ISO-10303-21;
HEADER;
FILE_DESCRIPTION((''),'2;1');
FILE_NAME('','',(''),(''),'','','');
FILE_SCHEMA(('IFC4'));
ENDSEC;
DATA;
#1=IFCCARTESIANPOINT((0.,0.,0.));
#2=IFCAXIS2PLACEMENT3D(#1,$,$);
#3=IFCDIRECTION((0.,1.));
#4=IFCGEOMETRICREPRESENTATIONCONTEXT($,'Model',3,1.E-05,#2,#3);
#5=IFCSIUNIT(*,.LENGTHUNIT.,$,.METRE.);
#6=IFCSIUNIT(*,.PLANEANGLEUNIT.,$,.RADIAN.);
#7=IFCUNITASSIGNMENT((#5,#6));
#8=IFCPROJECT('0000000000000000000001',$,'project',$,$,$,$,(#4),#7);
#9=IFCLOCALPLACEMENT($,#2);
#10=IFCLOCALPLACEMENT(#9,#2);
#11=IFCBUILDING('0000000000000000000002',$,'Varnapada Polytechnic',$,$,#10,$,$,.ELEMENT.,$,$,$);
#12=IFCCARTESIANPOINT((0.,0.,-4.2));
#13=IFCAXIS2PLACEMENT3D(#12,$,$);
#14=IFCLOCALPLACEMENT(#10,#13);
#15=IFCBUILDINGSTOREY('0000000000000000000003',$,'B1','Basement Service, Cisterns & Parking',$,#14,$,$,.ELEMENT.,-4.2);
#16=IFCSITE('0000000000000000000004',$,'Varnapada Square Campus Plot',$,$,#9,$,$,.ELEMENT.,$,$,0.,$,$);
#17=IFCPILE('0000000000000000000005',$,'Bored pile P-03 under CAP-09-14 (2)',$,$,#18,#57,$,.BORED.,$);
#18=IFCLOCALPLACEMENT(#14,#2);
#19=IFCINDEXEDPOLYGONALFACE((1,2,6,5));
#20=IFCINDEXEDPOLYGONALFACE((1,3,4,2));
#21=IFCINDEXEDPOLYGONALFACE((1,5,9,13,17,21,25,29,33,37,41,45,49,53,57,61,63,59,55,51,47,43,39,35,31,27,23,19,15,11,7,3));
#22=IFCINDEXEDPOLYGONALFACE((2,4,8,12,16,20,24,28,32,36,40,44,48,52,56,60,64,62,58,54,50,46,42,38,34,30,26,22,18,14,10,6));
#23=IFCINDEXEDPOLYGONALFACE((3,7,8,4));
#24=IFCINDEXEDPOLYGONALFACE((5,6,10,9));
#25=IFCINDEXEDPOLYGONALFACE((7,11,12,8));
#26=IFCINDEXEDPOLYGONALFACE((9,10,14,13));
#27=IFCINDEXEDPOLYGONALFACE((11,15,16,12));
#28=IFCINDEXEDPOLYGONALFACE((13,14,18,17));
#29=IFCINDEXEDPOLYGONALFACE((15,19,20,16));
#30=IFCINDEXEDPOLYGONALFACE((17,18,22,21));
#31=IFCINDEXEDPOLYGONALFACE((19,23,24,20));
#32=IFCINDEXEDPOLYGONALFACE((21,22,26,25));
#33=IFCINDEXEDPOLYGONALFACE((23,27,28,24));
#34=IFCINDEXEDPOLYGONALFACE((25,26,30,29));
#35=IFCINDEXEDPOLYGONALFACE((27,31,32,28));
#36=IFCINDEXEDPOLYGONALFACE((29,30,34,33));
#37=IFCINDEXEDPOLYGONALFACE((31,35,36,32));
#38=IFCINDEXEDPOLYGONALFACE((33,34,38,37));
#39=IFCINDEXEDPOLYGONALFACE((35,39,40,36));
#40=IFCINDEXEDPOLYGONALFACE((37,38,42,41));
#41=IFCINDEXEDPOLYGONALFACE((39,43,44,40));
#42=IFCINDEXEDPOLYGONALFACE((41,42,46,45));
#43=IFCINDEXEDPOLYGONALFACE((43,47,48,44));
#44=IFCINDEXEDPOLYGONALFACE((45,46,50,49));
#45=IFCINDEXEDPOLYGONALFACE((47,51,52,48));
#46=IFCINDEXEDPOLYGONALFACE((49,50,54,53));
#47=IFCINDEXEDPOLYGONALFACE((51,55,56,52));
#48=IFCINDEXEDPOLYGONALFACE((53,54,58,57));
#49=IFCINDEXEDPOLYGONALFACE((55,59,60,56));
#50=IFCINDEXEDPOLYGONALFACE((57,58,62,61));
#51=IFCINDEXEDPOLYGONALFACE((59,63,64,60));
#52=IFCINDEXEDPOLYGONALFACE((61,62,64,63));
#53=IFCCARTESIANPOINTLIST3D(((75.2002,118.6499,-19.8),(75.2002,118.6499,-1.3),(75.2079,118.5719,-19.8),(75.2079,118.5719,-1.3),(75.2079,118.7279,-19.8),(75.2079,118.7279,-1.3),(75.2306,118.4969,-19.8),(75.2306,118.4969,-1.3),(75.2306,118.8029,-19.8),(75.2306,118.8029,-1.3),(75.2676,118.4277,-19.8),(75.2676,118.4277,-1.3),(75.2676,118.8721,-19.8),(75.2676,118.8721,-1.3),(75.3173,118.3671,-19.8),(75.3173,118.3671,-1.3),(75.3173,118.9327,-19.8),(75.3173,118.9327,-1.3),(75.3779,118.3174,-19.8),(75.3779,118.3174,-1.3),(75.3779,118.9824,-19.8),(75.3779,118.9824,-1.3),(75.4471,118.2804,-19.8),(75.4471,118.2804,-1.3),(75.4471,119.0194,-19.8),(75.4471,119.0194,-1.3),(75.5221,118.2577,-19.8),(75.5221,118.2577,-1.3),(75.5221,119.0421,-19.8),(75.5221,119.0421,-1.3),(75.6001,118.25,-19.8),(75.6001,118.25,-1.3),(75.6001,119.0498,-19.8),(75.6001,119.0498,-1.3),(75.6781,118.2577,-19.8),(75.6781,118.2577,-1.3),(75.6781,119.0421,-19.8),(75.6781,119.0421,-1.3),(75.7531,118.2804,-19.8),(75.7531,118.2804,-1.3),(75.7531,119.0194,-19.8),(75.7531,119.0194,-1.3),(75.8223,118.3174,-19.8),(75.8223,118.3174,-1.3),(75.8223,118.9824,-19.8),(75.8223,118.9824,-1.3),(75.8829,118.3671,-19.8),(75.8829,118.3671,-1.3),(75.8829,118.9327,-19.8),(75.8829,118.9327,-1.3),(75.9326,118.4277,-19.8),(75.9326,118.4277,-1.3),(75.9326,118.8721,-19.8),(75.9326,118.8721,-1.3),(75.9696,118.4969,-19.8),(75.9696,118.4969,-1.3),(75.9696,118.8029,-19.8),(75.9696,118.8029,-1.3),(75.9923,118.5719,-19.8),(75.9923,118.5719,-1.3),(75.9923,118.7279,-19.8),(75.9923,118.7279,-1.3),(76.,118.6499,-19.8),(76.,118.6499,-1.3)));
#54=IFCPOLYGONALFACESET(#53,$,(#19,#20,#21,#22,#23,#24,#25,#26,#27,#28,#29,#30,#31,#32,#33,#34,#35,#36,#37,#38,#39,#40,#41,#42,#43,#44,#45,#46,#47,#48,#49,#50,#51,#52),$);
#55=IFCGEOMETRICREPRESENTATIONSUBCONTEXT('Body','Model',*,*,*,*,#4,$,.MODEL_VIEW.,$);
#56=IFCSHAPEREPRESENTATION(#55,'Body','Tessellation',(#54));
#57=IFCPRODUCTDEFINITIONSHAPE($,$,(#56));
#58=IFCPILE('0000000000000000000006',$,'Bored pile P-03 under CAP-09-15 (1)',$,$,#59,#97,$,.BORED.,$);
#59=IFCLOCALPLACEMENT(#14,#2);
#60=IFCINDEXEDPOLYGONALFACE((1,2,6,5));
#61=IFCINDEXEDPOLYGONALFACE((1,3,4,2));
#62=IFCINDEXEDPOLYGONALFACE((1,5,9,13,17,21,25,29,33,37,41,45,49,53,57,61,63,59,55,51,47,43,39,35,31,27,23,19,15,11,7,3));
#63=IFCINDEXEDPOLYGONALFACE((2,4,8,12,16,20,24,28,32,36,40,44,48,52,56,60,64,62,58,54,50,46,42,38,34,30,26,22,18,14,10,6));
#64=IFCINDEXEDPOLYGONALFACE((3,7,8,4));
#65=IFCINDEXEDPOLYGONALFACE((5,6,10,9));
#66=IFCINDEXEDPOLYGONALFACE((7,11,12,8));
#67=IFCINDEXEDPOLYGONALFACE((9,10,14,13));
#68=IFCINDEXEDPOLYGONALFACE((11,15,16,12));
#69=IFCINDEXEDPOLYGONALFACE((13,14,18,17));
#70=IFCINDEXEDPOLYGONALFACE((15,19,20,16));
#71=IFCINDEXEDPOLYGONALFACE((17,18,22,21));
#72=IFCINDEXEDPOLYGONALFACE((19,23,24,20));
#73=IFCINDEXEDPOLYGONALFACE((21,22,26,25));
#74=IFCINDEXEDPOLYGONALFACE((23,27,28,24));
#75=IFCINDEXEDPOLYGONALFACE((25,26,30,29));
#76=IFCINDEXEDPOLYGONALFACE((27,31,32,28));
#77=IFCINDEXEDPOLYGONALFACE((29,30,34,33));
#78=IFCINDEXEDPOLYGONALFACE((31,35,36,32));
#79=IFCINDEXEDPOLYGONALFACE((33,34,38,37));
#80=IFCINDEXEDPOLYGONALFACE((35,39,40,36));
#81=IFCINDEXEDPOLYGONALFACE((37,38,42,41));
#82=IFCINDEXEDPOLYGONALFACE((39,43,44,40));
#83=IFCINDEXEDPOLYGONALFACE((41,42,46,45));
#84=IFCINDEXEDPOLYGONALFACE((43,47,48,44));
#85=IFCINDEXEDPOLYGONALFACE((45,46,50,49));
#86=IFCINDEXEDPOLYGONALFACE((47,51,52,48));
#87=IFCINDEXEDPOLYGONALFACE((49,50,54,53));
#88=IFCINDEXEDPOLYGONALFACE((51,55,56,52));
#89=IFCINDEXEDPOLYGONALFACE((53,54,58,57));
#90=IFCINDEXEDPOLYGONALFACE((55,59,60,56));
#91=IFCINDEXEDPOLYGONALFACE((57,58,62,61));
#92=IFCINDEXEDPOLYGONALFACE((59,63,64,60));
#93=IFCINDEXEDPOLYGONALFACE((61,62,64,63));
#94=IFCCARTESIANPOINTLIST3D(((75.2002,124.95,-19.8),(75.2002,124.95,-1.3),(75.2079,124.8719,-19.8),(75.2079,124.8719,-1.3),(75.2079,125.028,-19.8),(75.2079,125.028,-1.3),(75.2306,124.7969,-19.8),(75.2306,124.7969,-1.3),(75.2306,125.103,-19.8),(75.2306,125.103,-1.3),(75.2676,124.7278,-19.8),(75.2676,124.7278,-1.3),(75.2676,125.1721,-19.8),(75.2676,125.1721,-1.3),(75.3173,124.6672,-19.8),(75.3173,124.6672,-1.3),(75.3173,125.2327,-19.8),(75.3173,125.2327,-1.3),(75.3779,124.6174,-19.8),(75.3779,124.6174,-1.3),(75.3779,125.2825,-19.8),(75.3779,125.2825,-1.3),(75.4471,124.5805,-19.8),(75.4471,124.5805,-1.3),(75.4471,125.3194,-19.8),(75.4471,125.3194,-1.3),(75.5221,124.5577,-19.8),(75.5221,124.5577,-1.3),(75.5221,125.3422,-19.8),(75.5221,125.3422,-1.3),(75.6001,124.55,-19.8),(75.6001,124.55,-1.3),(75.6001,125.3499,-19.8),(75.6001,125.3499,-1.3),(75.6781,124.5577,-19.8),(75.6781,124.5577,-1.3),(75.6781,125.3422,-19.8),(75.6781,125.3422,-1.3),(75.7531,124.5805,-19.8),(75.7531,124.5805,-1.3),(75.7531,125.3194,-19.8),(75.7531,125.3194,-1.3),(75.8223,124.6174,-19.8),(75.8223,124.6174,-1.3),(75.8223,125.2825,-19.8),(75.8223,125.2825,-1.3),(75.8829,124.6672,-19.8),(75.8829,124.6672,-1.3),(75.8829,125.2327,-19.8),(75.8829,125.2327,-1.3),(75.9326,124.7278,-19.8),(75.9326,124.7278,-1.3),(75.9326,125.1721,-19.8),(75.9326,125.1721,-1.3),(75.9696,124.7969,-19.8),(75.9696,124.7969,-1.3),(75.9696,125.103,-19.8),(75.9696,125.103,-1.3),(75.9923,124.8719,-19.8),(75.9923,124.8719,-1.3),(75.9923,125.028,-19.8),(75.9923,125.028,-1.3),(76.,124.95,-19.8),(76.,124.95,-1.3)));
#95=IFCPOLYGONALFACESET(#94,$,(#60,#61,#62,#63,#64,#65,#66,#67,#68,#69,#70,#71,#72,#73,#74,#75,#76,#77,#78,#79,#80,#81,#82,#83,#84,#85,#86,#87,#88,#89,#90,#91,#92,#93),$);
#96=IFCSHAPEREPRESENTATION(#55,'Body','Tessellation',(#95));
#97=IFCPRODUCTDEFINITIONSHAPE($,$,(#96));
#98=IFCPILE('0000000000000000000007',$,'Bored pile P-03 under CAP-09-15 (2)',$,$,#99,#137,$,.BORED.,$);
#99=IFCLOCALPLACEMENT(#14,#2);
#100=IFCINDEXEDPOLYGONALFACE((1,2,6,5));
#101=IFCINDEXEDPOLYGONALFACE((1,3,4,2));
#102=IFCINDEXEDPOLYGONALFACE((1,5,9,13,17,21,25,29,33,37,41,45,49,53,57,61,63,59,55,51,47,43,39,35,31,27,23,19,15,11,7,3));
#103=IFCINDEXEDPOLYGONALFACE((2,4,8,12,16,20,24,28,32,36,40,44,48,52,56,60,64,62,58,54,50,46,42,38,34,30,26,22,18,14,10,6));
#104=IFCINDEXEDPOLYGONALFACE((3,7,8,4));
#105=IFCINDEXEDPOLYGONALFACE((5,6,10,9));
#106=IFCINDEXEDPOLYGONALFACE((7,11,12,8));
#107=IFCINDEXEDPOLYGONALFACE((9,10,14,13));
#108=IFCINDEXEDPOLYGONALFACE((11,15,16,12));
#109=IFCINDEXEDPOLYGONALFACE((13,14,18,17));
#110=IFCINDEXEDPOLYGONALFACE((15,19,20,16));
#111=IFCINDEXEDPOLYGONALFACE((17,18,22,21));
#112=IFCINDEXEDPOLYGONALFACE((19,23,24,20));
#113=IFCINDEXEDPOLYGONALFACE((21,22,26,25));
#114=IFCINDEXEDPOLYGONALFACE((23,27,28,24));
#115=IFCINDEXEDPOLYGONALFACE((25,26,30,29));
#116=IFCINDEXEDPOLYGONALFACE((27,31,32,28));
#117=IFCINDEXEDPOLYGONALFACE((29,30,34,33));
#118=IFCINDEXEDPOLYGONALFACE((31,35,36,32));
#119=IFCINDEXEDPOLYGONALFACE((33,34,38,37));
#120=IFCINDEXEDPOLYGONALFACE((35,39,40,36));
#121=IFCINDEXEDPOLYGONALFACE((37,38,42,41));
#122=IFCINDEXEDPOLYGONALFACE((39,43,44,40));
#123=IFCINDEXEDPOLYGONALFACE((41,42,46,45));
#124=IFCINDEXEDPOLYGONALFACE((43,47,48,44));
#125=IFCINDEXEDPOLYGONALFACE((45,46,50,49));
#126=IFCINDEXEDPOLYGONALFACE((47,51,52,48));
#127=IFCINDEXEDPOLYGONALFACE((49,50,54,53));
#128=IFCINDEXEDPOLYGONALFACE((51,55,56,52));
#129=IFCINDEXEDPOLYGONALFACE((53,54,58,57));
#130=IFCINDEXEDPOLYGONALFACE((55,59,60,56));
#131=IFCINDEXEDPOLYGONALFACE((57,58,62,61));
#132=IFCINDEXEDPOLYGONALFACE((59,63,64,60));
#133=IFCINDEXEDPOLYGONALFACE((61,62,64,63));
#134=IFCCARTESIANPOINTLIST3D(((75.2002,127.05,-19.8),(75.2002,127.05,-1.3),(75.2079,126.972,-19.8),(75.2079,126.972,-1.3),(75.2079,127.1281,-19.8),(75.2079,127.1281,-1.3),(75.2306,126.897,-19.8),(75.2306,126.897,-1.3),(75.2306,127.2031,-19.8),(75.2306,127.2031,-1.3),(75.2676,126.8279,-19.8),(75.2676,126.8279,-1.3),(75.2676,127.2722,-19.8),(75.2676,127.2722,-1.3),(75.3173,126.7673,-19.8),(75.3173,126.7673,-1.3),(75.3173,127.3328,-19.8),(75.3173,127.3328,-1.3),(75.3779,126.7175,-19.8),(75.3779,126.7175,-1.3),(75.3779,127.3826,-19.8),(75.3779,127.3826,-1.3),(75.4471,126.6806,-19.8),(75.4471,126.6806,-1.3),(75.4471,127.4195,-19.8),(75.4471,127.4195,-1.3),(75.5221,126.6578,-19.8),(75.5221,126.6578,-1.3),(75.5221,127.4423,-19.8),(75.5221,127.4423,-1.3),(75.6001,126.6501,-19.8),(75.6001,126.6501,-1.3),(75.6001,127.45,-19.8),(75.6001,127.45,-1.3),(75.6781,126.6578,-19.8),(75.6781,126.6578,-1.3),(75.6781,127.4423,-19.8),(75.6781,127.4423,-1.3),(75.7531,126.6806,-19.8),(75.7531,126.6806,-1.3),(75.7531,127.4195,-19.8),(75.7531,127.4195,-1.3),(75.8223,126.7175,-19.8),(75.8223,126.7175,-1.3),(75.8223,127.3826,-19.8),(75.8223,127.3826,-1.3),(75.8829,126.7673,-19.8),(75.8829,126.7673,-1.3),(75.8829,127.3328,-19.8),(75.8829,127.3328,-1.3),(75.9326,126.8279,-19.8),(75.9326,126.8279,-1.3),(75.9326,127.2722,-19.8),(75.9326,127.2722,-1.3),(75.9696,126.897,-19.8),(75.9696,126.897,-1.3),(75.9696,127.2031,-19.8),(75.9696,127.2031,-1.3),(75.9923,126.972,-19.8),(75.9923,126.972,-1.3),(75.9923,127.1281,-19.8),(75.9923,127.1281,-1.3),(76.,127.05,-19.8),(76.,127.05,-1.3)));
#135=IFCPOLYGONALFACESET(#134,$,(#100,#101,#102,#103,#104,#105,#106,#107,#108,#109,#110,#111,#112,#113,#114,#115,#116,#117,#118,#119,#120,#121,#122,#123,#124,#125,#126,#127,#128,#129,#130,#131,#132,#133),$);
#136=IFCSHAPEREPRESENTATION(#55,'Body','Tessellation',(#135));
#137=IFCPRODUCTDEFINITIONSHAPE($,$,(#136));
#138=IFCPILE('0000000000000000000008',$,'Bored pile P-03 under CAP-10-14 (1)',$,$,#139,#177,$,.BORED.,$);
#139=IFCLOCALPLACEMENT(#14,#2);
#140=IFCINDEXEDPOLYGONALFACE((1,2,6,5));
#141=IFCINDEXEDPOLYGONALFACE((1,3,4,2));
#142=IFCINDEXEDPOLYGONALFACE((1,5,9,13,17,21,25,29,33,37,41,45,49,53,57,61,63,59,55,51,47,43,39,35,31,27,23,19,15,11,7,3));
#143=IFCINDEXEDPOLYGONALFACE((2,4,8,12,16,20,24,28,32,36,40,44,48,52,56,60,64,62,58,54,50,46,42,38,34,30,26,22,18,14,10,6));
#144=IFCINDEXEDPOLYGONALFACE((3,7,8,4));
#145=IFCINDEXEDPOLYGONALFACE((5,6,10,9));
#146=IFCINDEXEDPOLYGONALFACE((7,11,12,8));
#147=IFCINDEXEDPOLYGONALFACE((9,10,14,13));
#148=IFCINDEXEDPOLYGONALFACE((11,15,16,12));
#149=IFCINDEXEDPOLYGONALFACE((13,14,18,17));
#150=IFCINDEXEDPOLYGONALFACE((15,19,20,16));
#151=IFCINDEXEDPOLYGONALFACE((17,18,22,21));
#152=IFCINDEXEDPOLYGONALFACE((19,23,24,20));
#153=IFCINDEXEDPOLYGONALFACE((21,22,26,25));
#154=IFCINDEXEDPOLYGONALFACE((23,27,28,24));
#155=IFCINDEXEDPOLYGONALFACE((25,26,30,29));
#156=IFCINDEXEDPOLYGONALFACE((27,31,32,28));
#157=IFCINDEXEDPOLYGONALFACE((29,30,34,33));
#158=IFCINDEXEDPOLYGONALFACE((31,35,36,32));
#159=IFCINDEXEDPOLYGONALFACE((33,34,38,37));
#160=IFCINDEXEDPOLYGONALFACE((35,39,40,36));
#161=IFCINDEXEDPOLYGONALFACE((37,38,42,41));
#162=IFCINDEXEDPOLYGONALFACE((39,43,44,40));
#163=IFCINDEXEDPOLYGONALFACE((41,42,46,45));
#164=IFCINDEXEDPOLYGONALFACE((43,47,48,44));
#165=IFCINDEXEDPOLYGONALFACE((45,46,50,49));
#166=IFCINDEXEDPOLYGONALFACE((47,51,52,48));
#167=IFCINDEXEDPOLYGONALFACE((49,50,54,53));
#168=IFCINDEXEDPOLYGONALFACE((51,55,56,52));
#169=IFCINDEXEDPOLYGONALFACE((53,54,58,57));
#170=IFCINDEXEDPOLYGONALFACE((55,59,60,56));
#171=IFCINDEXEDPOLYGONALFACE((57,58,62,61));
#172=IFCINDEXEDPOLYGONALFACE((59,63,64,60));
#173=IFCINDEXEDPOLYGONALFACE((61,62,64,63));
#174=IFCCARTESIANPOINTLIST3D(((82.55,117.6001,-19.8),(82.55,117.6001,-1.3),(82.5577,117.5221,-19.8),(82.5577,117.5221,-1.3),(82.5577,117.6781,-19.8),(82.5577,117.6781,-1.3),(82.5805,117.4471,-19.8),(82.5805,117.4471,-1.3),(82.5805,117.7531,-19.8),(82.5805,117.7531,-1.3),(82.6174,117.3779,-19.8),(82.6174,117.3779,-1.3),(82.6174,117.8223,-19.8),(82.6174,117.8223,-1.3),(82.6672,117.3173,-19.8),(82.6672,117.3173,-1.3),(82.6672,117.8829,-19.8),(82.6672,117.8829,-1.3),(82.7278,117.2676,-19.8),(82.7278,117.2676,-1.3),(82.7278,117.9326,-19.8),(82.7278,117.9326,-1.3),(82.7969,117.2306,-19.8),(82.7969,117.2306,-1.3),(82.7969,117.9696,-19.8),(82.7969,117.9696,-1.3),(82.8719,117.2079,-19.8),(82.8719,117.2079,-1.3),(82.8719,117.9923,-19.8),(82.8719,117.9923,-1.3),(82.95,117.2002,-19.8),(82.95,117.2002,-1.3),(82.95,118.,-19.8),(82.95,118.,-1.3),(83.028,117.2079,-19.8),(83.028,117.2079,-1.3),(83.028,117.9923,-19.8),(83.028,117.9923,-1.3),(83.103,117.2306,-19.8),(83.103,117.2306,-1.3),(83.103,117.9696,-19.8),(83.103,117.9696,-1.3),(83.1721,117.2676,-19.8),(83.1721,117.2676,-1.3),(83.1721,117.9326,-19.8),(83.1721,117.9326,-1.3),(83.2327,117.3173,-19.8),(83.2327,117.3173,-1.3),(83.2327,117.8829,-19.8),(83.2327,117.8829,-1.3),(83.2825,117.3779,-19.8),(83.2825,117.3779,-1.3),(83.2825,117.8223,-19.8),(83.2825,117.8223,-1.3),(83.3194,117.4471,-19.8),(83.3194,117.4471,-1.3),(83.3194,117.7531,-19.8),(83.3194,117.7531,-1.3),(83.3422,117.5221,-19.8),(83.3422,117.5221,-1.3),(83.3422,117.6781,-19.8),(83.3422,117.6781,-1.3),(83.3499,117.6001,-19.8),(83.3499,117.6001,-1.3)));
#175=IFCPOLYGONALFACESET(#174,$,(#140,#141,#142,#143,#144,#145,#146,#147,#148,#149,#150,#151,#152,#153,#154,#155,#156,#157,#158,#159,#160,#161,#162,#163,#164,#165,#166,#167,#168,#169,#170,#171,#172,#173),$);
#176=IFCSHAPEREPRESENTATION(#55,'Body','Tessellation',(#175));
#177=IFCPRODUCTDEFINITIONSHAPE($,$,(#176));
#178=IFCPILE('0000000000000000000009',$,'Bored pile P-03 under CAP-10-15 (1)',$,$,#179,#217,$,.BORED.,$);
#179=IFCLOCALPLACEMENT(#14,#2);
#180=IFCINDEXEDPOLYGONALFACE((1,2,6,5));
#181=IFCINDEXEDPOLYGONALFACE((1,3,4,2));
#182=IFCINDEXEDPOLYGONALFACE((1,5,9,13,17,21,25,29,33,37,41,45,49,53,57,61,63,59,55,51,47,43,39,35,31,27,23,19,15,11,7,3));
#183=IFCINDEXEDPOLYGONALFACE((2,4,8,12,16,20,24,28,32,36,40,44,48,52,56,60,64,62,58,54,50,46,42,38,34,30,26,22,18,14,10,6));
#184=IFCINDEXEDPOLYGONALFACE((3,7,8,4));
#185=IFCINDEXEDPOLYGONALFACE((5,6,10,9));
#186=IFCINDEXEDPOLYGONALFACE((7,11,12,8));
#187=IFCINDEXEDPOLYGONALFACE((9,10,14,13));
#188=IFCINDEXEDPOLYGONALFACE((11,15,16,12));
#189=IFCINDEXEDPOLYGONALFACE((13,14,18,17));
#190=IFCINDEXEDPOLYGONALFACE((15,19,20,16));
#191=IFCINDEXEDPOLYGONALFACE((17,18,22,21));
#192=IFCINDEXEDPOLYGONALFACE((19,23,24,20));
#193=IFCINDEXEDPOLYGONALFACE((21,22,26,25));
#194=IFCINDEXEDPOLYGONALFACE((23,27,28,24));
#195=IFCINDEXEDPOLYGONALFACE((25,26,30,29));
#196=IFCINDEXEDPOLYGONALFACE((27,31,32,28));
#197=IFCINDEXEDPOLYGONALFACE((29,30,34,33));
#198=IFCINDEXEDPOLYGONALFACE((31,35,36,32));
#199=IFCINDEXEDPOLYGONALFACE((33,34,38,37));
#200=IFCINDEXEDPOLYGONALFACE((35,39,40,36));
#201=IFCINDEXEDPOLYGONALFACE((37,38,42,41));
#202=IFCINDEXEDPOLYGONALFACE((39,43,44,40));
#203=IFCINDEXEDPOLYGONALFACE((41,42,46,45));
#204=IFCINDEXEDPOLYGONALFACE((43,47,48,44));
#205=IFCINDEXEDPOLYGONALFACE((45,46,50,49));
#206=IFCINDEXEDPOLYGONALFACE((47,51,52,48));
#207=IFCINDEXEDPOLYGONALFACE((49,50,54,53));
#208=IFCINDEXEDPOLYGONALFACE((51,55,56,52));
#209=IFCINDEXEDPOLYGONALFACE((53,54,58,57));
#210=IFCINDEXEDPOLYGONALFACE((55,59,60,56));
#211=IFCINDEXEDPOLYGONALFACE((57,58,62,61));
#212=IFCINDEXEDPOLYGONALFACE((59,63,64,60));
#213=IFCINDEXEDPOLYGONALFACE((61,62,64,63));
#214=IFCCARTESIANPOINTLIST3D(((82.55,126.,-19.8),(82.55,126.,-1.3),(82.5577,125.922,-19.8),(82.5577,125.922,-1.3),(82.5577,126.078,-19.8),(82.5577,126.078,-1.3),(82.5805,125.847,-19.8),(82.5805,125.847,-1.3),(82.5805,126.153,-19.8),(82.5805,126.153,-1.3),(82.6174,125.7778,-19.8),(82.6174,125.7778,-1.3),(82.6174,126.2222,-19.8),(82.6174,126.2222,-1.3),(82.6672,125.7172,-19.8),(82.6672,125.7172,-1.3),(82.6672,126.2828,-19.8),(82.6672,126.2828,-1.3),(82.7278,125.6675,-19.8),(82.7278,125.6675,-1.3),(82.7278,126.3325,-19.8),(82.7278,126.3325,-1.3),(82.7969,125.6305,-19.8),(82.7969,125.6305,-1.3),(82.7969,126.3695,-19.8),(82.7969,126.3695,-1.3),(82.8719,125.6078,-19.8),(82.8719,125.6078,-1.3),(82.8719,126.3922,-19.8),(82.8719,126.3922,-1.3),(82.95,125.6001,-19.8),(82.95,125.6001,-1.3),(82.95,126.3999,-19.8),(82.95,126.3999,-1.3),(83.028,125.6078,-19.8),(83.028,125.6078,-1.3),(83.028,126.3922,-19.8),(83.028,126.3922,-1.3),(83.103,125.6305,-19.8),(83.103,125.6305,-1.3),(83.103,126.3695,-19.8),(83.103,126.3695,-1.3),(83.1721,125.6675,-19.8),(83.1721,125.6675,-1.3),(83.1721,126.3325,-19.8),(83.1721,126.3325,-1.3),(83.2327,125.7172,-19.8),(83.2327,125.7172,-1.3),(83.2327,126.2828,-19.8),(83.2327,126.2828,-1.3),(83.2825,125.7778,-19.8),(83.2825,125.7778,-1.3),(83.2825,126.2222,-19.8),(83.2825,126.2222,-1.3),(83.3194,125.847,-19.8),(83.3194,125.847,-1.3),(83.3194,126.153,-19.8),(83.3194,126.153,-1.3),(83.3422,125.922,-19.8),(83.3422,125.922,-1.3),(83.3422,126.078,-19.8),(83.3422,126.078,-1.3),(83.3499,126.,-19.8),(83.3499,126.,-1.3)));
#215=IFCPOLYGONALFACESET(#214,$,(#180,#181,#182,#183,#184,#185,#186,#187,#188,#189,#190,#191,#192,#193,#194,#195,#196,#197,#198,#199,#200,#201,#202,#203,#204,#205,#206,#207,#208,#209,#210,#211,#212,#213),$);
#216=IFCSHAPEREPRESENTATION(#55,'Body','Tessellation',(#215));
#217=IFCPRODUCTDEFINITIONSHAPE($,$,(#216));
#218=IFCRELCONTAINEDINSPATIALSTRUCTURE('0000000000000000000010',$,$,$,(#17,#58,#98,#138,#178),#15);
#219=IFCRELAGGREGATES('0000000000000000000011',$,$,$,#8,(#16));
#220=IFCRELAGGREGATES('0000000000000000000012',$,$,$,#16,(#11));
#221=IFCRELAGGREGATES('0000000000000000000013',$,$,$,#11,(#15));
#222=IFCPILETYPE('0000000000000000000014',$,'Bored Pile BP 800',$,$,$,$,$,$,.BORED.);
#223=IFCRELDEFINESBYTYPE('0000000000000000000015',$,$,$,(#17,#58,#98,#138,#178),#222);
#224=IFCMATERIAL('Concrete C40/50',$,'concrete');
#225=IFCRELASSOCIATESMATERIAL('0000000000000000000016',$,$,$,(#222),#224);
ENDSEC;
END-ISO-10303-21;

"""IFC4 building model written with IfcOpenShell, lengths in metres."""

from ifc_helpers import new_model, si_unit, direction, frame, origin, origin_2d, place, context, subcontext, project, spatial, circle, extrude, material, material_profile, profile_set, type_object, element, save


model = new_model("IFC4")

# Units and contexts
model_context = context("Model", 3, precision=1e-05, world=origin(), true_north=direction((0.0, 1.0)))
body_context = subcontext(model_context, "Body", "Model", "MODEL_VIEW")
ifc_project = project(units=[si_unit("LENGTHUNIT", "METRE"), si_unit("PLANEANGLEUNIT", "RADIAN")], contexts=[model_context])

# Site, building, storey
site_placement = place(None, origin())
site = spatial("IfcSite", under=ifc_project, at=site_placement, Name="Varnapada Square Campus Plot", CompositionType="ELEMENT", RefElevation=0.0)
building_placement = place(site_placement, origin())
building = spatial("IfcBuilding", under=site, at=building_placement, Name="Varnapada Polytechnic", CompositionType="ELEMENT")
storey_placement = place(building_placement, frame((0.0, 0.0, -4.2)))
storey = spatial("IfcBuildingStorey", under=building, at=storey_placement, Name="B1", Description="Basement Service, Cisterns & Parking", CompositionType="ELEMENT", Elevation=-4.2)

# Piles
ifc_material_1 = material(Name="Concrete C40/50", Category="concrete")
ifc_material_profile_1 = material_profile(ifc_material_1, circle(Radius=0.3999, at=origin_2d()), Name="BP 800")
ifc_profile_set_1 = profile_set([ifc_material_profile_1], Name="Concrete C40/50")
pile_type = type_object("IfcPileType", Name="Bored Pile BP 800", PredefinedType="BORED", material=ifc_profile_set_1)
for number, where, z_axis, x_axis, name in (
    (1, (75.6001, 118.6499, -1.3), (0.0, 0.0, -1.0), (1.0, 0.0, 0.0), "Bored pile P-03 under CAP-09-14 (2)"),
    (2, (75.6001, 124.95, -1.3), (0.0, 0.0, -1.0), (1.0, 0.0, 0.0), "Bored pile P-03 under CAP-09-15 (1)"),
    (3, (75.6001, 127.05, -1.3), (0.0, 0.0, -1.0), (1.0, 0.0, 0.0), "Bored pile P-03 under CAP-09-15 (2)"),
    (4, (82.95, 117.6001, -1.3), (0.0, 0.0, -1.0), (1.0, 0.0, 0.0), "Bored pile P-03 under CAP-10-14 (1)"),
    (5, (82.95, 126.0, -1.3), (0.0, 0.0, -1.0), (1.0, 0.0, 0.0), "Bored pile P-03 under CAP-10-15 (1)"),
):
    element("IfcPile", number, at=place(storey_placement, frame(where, z_axis=z_axis, x_axis=x_axis)), inside=storey, type_object=pile_type, Name=name, PredefinedType="BORED", context=body_context, shape_type="SweptSolid", body=[
        extrude(circle(Radius=0.3999, at=origin_2d()), origin(), (0.0, 0.0, 1.0), 18.5),
    ])

save(model, "model.ifc")
